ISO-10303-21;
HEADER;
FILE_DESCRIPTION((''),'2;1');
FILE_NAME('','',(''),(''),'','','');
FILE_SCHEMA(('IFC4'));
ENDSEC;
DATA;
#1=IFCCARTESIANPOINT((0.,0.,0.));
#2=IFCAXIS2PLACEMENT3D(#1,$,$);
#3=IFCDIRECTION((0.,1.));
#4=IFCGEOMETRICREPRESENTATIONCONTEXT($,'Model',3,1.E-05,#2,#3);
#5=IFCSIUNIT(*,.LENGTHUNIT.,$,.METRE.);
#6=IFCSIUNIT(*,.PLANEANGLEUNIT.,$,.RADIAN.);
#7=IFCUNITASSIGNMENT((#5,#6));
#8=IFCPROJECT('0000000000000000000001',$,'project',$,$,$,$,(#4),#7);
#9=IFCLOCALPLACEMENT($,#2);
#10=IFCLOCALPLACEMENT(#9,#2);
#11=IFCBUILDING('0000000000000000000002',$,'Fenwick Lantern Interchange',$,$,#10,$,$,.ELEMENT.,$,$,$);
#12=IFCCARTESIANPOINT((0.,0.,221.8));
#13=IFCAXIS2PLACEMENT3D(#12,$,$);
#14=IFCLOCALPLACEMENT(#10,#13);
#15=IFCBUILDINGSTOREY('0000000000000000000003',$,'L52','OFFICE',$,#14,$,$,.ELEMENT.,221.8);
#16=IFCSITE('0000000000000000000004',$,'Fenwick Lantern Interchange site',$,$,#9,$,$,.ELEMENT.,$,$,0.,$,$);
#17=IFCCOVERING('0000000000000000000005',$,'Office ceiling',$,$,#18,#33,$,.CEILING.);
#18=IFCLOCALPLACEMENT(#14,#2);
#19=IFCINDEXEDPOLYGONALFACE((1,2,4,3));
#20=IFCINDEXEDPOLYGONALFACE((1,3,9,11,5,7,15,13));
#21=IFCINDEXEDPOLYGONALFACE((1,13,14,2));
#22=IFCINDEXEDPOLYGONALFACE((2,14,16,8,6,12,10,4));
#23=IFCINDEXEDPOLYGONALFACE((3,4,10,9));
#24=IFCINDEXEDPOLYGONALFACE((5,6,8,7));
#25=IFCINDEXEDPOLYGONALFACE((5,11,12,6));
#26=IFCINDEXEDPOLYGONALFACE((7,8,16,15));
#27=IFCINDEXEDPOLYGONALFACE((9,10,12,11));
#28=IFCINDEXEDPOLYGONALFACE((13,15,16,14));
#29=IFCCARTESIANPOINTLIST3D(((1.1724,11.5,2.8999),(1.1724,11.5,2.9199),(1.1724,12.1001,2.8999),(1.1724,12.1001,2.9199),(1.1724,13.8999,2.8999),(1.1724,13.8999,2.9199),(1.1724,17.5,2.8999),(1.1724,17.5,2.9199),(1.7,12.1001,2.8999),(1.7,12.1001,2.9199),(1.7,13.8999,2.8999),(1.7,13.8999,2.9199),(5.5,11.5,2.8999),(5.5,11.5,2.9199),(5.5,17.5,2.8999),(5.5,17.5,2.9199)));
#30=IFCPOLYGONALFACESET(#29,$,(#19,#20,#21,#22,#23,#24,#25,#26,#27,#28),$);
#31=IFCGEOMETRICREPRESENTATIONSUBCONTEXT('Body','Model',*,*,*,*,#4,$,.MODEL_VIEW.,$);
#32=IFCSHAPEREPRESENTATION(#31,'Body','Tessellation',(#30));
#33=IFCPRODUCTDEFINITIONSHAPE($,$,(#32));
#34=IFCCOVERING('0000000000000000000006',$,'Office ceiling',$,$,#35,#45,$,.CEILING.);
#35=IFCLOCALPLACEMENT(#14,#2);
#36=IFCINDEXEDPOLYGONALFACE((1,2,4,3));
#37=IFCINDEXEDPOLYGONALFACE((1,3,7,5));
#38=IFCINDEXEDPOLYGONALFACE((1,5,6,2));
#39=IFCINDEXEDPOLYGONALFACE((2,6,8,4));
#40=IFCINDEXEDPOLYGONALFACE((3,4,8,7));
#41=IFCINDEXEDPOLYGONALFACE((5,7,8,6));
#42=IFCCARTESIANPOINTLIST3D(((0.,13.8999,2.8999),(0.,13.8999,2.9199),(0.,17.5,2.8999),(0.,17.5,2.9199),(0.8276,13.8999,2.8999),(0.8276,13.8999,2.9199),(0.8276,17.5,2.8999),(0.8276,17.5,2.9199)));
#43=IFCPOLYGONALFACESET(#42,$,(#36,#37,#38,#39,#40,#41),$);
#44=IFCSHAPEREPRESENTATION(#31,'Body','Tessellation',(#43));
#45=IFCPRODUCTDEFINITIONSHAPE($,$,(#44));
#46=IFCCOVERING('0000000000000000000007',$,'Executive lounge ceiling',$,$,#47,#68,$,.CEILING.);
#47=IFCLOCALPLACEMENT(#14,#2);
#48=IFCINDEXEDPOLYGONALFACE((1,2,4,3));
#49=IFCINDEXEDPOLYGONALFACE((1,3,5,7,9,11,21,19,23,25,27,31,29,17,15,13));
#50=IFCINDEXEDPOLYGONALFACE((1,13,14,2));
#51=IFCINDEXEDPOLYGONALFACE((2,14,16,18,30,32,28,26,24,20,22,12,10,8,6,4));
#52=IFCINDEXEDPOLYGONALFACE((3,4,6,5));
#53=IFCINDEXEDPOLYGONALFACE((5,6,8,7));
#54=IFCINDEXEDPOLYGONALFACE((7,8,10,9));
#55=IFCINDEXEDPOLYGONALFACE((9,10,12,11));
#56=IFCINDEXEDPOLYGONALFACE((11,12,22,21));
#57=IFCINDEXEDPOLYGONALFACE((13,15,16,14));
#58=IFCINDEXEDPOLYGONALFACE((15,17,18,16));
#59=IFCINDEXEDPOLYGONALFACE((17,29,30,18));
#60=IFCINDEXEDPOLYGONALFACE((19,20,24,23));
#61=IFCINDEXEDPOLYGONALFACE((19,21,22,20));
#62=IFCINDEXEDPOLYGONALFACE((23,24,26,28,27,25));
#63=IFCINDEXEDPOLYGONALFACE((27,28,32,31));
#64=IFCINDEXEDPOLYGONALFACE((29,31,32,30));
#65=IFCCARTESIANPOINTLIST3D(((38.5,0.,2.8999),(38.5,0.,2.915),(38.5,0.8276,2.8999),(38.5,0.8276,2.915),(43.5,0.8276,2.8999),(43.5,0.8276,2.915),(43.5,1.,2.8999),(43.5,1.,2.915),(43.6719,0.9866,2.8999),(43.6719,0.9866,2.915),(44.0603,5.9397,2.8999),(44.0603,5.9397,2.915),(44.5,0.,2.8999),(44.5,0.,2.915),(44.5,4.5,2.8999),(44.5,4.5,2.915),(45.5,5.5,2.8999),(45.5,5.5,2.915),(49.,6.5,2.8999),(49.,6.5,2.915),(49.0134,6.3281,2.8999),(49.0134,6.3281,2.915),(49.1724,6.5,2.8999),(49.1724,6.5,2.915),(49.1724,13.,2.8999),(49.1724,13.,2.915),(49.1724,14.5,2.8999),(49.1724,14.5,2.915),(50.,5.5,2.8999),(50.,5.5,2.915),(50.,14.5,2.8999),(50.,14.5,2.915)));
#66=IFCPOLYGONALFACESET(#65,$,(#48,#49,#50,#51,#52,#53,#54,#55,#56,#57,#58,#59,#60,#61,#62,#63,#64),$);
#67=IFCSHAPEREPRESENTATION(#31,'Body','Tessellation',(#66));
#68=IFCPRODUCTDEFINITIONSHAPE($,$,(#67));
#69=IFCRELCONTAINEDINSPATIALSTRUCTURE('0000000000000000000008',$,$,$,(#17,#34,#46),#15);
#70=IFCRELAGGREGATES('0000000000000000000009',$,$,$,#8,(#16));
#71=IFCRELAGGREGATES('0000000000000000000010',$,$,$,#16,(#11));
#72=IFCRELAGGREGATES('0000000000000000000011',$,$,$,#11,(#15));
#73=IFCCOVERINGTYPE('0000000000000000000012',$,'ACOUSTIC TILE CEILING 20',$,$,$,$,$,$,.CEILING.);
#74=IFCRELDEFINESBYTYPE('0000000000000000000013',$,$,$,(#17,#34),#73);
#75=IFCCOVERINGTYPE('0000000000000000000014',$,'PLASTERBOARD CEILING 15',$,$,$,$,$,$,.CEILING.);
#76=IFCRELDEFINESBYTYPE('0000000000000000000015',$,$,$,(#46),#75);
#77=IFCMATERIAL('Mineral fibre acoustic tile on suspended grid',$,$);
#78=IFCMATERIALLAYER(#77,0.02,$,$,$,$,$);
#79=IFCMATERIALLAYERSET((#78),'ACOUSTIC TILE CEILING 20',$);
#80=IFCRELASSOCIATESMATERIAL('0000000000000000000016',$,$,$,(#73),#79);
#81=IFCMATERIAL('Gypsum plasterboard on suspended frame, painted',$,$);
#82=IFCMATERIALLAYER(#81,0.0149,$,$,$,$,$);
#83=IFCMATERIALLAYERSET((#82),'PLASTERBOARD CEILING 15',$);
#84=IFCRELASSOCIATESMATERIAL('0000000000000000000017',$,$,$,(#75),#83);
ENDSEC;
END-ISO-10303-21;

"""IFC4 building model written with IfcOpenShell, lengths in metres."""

from ifc_helpers import new_model, si_unit, direction, frame, origin, place, context, subcontext, project, spatial, polyline, outline, extrude, material, layer, layer_set, type_object, element, save


model = new_model("IFC4")

# Units and contexts
model_context = context("Model", 3, precision=1e-05, world=origin(), true_north=direction((0.0, 1.0)))
body_context = subcontext(model_context, "Body", "Model", "MODEL_VIEW")
ifc_project = project(units=[si_unit("LENGTHUNIT", "METRE"), si_unit("PLANEANGLEUNIT", "RADIAN")], contexts=[model_context])

# Site, building, storey
site_placement = place(None, origin())
site = spatial("IfcSite", under=ifc_project, at=site_placement, Name="Fenwick Lantern Interchange site", CompositionType="ELEMENT", RefElevation=0.0)
building_placement = place(site_placement, origin())
building = spatial("IfcBuilding", under=site, at=building_placement, Name="Fenwick Lantern Interchange", CompositionType="ELEMENT")
storey_placement = place(building_placement, frame((0.0, 0.0, 221.8)))
storey = spatial("IfcBuildingStorey", under=building, at=storey_placement, Name="L52", Description="OFFICE", CompositionType="ELEMENT", Elevation=221.8)

# Coverings
ifc_material_1 = material(Name="Mineral fibre acoustic tile on suspended grid")
ifc_layer_1 = layer(ifc_material_1, 0.02)
ifc_layer_set_1 = layer_set([ifc_layer_1], Name="ACOUSTIC TILE CEILING 20")
covering_type_1 = type_object("IfcCoveringType", Name="ACOUSTIC TILE CEILING 20", PredefinedType="CEILING", material=ifc_layer_set_1)
covering_1_placement = place(storey_placement, frame((0.0, 0.0, 2.8999)))
element("IfcCovering", 1, at=covering_1_placement, inside=storey, type_object=covering_type_1, Name="Office ceiling", PredefinedType="CEILING", context=body_context, shape_type="SweptSolid", body=[
    extrude(outline(polyline([(5.5, 17.5), (1.1724, 17.5), (1.1724, 13.8999), (1.7, 13.8999), (1.7, 12.1001), (1.1724, 12.1001), (1.1724, 11.5), (5.5, 11.5), (5.5, 17.5)])), origin(), (0.0, 0.0, 1.0), 0.02),
])
covering_2_placement = place(storey_placement, frame((0.0, 0.0, 2.8999)))
element("IfcCovering", 2, at=covering_2_placement, inside=storey, type_object=covering_type_1, Name="Office ceiling", PredefinedType="CEILING", context=body_context, shape_type="SweptSolid", body=[
    extrude(outline(polyline([(0.8276, 17.5), (0.0, 17.5), (0.0, 13.8999), (0.8276, 13.8999), (0.8276, 17.5)])), origin(), (0.0, 0.0, 1.0), 0.02),
])
ifc_material_2 = material(Name="Gypsum plasterboard on suspended frame, painted")
ifc_layer_2 = layer(ifc_material_2, 0.0149)
ifc_layer_set_2 = layer_set([ifc_layer_2], Name="PLASTERBOARD CEILING 15")
covering_type_2 = type_object("IfcCoveringType", Name="PLASTERBOARD CEILING 15", PredefinedType="CEILING", material=ifc_layer_set_2)
covering_3_placement = place(storey_placement, frame((0.0, 0.0, 2.8999)))
element("IfcCovering", 3, at=covering_3_placement, inside=storey, type_object=covering_type_2, Name="Executive lounge ceiling", PredefinedType="CEILING", context=body_context, shape_type="SweptSolid", body=[
    extrude(outline(polyline([(38.5, 0.8276), (38.5, 0.0), (44.5, 0.0), (44.5, 4.5), (45.5, 5.5), (50.0, 5.5), (50.0, 14.5), (49.1724, 14.5), (49.1724, 13.0), (49.1724, 6.5), (49.0, 6.5), (49.0134, 6.3281), (44.0603, 5.9397), (43.6719, 0.9866), (43.5, 1.0), (43.5, 0.8276), (38.5, 0.8276)])), origin(), (0.0, 0.0, 1.0), 0.0151),
])

save(model, "model.ifc")
